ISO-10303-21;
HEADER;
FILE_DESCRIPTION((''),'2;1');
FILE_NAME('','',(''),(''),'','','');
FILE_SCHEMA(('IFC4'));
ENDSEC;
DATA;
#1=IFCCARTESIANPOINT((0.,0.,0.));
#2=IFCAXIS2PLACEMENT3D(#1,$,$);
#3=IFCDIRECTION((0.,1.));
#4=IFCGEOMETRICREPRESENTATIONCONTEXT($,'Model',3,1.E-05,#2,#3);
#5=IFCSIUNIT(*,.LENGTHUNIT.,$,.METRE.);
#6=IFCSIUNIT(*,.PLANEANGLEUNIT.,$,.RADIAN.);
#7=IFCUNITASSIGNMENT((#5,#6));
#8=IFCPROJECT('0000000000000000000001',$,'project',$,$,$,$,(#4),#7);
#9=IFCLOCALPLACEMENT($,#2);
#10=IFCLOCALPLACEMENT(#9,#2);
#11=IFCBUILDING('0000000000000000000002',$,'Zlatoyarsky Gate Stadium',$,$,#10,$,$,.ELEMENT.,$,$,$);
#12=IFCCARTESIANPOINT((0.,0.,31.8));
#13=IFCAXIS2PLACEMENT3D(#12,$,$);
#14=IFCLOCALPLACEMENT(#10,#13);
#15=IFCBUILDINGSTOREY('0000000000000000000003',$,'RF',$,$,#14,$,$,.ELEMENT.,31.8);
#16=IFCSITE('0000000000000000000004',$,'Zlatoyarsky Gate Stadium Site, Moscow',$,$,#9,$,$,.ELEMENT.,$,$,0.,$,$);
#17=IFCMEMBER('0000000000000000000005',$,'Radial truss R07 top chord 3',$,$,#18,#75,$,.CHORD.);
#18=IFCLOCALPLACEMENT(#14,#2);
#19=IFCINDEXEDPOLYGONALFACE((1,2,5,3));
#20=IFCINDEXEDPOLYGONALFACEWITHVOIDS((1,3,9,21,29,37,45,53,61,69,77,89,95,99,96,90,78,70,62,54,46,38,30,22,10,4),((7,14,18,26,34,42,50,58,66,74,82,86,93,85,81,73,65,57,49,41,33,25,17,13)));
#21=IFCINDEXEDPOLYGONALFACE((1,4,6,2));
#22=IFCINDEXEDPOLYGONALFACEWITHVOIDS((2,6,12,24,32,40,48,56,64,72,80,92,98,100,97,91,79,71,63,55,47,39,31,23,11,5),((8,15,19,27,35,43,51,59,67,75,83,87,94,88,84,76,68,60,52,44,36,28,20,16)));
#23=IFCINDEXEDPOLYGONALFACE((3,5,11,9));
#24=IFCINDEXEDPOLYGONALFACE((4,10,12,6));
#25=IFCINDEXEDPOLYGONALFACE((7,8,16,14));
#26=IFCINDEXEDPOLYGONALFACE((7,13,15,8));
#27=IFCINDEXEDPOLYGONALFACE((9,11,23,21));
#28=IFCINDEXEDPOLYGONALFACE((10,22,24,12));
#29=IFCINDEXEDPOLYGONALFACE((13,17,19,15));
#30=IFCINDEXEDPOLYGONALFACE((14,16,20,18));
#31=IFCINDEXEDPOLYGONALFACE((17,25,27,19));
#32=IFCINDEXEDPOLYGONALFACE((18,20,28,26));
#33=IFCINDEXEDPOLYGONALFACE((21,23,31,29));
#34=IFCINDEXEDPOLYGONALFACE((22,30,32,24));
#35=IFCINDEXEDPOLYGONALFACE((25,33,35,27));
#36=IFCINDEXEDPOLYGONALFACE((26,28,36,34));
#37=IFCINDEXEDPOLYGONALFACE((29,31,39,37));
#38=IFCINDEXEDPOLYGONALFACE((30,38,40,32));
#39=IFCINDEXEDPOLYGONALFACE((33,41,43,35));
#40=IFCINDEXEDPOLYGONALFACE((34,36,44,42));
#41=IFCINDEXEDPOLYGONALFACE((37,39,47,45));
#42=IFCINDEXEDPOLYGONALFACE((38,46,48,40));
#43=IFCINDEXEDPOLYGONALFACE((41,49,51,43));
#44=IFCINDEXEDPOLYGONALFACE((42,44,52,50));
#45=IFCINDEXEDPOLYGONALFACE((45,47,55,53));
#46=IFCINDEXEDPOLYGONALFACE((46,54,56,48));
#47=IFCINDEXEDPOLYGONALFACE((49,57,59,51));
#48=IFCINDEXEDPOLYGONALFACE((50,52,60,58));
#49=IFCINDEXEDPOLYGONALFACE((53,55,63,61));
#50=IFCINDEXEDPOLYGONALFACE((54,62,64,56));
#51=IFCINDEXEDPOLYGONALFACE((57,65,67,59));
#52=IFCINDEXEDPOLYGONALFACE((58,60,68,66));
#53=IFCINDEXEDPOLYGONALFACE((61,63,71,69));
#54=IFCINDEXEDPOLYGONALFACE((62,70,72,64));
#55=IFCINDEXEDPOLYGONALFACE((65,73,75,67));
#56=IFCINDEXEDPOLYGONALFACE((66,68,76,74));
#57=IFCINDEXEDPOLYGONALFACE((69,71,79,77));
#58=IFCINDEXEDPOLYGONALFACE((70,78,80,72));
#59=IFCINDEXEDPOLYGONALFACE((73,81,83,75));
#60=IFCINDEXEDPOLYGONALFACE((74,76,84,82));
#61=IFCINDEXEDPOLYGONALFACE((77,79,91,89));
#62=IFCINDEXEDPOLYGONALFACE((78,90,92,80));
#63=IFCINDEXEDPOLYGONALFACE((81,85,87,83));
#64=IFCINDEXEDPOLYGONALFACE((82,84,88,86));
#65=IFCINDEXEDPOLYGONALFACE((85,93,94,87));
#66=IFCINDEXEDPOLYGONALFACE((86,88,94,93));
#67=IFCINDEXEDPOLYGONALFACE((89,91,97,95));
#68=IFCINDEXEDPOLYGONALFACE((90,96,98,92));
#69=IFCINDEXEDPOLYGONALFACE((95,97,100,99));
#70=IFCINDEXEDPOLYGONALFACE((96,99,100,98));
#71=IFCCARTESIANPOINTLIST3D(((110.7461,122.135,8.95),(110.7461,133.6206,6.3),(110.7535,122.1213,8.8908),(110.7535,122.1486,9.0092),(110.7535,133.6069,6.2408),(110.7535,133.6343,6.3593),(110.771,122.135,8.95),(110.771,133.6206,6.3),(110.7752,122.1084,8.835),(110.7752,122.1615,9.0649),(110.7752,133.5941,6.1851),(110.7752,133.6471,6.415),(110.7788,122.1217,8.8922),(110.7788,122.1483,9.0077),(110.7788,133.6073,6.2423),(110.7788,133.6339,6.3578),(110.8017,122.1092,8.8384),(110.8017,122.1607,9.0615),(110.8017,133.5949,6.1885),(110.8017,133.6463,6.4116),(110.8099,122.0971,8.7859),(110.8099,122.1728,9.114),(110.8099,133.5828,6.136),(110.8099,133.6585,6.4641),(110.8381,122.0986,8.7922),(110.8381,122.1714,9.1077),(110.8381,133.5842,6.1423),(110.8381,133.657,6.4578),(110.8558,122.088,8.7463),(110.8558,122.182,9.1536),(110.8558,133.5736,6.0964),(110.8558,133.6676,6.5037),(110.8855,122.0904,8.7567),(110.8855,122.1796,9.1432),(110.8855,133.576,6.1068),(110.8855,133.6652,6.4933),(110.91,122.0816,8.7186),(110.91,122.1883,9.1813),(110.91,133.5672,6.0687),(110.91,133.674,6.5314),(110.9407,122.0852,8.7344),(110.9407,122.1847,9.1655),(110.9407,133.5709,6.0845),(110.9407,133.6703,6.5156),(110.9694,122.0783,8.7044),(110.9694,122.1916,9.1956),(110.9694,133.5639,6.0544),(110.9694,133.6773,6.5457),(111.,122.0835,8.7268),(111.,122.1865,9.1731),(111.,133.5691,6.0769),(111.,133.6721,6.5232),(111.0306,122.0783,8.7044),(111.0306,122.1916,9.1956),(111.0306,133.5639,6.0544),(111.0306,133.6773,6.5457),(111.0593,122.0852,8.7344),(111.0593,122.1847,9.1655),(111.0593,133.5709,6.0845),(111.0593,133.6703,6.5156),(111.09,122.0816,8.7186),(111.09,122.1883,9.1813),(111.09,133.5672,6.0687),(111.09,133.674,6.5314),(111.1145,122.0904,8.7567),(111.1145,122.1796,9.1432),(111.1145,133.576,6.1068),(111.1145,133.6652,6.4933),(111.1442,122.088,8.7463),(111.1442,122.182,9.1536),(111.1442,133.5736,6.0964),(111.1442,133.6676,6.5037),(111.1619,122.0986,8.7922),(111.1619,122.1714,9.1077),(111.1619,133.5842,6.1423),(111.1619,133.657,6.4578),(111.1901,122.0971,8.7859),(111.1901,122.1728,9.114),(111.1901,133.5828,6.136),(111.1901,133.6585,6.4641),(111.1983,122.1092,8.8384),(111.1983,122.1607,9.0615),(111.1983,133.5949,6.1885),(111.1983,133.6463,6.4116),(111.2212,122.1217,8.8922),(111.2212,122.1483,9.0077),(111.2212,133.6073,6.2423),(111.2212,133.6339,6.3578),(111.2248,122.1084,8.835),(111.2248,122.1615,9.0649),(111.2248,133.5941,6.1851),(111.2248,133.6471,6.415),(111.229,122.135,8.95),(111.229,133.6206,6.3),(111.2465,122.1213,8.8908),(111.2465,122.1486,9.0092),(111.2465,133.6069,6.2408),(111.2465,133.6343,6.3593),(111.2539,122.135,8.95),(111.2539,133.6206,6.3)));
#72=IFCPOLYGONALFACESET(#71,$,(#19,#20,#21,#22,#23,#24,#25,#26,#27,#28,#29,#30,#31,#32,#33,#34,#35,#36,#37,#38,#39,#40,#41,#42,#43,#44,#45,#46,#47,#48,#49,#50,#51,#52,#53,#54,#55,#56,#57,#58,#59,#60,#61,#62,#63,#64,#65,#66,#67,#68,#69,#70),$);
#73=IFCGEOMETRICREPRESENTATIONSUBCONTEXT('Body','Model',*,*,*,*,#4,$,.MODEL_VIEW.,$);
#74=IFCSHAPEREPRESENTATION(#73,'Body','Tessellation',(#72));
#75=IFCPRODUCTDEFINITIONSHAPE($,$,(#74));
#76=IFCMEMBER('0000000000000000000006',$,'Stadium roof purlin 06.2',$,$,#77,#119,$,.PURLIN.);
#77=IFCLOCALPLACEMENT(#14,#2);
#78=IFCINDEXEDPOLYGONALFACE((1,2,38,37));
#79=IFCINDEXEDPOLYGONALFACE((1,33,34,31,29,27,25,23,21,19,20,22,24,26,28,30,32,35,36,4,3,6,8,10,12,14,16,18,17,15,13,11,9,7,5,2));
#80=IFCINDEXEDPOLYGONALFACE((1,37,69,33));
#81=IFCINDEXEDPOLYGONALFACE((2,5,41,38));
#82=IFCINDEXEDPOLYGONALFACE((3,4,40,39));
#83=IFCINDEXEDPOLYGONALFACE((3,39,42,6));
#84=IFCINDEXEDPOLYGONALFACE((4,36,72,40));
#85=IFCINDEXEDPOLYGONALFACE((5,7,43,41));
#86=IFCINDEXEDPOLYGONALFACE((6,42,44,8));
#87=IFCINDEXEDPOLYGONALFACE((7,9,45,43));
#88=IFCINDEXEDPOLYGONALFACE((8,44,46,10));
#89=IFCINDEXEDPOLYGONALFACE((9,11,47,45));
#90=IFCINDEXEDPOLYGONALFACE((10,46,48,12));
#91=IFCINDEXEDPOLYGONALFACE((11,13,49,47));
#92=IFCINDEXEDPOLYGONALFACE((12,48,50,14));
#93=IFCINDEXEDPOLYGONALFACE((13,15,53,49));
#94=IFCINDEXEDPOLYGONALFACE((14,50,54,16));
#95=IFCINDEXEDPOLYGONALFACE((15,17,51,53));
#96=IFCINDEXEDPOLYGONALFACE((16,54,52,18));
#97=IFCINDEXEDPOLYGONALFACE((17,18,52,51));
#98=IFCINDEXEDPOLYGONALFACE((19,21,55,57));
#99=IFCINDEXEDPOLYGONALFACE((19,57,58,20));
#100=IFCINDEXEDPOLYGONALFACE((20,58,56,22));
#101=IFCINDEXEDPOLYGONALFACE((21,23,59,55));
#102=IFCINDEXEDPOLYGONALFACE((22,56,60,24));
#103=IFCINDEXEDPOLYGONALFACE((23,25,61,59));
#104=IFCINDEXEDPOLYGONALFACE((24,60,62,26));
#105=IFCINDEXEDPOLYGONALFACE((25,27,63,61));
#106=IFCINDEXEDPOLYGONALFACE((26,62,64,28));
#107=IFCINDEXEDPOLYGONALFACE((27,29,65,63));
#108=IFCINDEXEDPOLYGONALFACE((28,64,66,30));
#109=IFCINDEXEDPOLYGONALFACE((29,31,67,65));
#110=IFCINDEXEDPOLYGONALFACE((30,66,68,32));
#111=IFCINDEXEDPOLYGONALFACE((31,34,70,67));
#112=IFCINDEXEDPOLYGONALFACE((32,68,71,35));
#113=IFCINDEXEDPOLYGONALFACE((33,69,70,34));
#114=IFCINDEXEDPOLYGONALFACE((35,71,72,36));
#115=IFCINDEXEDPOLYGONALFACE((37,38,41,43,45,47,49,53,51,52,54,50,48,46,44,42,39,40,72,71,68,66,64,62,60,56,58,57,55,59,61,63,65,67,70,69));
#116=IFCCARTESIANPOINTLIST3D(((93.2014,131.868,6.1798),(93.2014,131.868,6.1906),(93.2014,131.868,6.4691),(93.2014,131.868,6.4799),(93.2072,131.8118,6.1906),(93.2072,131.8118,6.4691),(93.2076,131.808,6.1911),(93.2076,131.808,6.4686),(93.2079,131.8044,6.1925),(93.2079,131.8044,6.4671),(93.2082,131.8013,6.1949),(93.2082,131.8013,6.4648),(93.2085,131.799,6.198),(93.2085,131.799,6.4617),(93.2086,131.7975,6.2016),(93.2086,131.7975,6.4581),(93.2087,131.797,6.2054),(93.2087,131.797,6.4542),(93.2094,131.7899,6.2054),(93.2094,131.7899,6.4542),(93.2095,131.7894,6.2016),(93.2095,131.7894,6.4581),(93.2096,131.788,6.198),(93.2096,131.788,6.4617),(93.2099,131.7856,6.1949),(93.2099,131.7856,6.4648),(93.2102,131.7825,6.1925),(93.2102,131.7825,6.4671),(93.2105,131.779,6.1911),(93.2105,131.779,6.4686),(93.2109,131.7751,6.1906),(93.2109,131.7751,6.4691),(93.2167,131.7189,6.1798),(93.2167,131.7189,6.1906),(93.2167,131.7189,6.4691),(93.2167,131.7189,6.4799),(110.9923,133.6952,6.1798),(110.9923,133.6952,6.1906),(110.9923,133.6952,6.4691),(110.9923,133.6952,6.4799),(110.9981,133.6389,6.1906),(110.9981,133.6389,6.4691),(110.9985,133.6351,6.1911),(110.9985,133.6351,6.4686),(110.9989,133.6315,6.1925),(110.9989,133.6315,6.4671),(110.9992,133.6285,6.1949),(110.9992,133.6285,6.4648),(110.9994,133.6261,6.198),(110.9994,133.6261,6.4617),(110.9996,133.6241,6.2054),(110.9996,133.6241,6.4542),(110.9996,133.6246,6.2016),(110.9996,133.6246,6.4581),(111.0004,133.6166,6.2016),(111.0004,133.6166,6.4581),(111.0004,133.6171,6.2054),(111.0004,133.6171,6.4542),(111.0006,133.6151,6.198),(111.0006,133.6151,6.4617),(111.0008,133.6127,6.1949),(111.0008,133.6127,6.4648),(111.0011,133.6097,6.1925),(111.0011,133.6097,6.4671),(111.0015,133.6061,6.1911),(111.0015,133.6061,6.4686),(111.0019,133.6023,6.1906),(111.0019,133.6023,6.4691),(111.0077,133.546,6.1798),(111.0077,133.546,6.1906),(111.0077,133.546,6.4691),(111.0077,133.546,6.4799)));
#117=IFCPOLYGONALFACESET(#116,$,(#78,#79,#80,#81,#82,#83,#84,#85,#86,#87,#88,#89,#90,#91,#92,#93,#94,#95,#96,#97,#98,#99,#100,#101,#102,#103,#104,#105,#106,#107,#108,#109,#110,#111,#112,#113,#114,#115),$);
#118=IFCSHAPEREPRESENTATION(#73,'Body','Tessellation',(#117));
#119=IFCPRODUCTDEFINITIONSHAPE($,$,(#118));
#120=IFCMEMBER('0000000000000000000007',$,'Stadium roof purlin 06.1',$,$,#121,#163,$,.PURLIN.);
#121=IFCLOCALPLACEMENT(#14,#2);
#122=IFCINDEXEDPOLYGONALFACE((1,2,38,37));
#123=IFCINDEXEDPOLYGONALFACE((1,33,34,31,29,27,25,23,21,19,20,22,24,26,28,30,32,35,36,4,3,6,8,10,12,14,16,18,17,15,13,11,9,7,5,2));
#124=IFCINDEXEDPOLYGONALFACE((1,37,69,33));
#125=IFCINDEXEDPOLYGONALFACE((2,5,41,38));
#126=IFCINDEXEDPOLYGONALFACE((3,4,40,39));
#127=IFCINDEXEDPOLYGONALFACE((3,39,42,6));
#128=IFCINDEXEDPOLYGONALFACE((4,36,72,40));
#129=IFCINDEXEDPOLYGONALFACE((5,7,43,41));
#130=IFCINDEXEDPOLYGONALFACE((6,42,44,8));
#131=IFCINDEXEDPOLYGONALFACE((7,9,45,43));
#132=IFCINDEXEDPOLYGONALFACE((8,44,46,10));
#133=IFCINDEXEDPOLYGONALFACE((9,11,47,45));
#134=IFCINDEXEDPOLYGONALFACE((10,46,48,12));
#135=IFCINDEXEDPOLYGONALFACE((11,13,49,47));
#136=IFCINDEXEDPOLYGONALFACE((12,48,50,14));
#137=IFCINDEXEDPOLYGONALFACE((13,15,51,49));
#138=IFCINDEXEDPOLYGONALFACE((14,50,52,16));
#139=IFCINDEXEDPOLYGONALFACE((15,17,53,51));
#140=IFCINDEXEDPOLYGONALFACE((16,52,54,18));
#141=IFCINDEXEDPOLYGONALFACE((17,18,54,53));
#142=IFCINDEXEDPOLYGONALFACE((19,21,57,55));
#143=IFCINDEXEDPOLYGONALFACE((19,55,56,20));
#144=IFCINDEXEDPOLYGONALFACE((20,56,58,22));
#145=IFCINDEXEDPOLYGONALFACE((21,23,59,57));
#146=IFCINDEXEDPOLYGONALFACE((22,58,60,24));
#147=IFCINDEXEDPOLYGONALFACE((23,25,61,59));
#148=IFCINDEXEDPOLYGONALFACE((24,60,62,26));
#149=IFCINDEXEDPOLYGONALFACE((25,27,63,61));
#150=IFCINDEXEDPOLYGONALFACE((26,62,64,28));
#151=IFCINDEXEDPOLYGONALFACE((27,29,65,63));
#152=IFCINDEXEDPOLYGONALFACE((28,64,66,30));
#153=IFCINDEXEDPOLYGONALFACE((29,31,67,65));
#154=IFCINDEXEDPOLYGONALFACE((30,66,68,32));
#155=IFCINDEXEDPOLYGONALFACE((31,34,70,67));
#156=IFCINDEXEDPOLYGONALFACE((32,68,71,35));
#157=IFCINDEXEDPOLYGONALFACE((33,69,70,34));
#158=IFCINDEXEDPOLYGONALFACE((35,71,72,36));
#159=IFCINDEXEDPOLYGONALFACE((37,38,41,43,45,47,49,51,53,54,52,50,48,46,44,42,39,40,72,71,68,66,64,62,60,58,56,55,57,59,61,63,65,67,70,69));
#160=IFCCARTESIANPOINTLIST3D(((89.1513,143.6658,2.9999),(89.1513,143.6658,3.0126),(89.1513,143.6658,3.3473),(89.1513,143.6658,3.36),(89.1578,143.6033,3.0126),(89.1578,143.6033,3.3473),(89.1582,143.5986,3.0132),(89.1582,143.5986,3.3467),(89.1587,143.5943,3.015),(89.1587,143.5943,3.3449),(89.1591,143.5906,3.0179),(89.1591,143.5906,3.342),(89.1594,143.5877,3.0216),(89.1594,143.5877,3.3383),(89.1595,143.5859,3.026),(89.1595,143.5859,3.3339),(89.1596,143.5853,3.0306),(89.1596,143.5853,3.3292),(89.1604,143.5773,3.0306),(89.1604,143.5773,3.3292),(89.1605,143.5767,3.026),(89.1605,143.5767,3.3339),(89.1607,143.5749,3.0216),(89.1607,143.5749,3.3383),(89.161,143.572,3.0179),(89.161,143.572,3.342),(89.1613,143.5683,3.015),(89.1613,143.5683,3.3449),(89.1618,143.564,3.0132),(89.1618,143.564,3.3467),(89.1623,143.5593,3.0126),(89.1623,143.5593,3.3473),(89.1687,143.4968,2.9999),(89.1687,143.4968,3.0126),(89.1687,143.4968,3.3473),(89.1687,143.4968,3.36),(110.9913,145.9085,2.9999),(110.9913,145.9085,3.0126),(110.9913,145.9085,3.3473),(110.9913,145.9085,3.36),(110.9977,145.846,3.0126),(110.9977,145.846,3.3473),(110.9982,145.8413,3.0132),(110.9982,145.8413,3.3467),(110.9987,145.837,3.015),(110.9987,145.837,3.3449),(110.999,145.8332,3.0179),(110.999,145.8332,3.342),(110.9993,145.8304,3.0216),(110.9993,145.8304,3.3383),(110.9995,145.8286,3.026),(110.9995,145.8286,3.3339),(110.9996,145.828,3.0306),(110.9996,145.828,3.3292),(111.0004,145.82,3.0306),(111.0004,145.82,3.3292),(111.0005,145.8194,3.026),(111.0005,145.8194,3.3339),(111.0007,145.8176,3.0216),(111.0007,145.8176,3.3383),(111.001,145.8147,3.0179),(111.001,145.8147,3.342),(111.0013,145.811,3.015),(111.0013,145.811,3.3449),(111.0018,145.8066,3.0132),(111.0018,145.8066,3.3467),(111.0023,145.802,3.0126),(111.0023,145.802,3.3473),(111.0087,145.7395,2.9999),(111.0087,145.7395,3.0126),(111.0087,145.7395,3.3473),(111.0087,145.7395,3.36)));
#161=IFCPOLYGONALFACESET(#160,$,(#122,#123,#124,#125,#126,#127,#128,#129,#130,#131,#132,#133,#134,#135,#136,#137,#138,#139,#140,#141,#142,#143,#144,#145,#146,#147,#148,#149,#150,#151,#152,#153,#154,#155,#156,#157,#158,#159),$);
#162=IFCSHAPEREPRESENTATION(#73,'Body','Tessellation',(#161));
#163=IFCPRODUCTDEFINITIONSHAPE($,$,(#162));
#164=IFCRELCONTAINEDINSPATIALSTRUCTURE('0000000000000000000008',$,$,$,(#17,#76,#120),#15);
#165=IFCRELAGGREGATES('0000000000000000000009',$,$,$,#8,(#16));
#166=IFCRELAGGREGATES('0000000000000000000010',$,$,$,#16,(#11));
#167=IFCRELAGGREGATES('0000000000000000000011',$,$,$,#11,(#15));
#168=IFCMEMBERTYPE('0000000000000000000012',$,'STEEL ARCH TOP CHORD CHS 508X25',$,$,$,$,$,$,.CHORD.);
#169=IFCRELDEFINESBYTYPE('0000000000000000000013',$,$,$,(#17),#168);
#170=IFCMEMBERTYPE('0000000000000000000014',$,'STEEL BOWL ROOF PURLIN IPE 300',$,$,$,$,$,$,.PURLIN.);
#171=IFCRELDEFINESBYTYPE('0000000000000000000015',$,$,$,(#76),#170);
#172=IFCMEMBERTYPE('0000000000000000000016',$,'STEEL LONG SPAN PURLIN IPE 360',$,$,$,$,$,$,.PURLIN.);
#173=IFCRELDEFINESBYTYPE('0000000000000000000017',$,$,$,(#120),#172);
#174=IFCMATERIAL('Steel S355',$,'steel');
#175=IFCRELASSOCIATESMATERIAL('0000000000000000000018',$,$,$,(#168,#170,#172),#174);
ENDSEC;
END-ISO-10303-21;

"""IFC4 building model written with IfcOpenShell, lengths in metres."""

from ifc_helpers import new_model, si_unit, direction, frame, origin, origin_2d, place, context, subcontext, project, spatial, hollow_circle, i_section, extrude, material, material_profile, profile_set, type_object, element, save


model = new_model("IFC4")

# Units and contexts
model_context = context("Model", 3, precision=1e-05, world=origin(), true_north=direction((0.0, 1.0)))
body_context = subcontext(model_context, "Body", "Model", "MODEL_VIEW")
ifc_project = project(units=[si_unit("LENGTHUNIT", "METRE"), si_unit("PLANEANGLEUNIT", "RADIAN")], contexts=[model_context])

# Site, building, storey
site_placement = place(None, origin())
site = spatial("IfcSite", under=ifc_project, at=site_placement, Name="Zlatoyarsky Gate Stadium Site, Moscow", CompositionType="ELEMENT", RefElevation=0.0)
building_placement = place(site_placement, origin())
building = spatial("IfcBuilding", under=site, at=building_placement, Name="Zlatoyarsky Gate Stadium", CompositionType="ELEMENT")
storey_placement = place(building_placement, frame((0.0, 0.0, 31.8)))
storey = spatial("IfcBuildingStorey", under=building, at=storey_placement, Name="RF", CompositionType="ELEMENT", Elevation=31.8)

# Members
ifc_material_1 = material(Name="Steel S355", Category="steel")
ifc_material_profile_1 = material_profile(ifc_material_1, hollow_circle(Radius=0.2539, WallThickness=0.0249, at=origin_2d()), Name="CHS 508X25")
ifc_profile_set_1 = profile_set([ifc_material_profile_1], Name="Steel S355")
member_type_1 = type_object("IfcMemberType", Name="STEEL ARCH TOP CHORD CHS 508X25", PredefinedType="CHORD", material=ifc_profile_set_1)
member_1_placement = place(storey_placement, frame((111.0, 133.6206, 6.3), z_axis=(0.0, -0.974403, 0.22481), x_axis=(1.0, 0.0, 0.0)))
element("IfcMember", 1, at=member_1_placement, inside=storey, type_object=member_type_1, Name="Radial truss R07 top chord 3", PredefinedType="CHORD", context=body_context, shape_type="SweptSolid", body=[
    extrude(hollow_circle(Radius=0.2539, WallThickness=0.0249, at=origin_2d()), origin(), (0.0, 0.0, 1.0), 11.7874),
])
ifc_material_profile_2 = material_profile(ifc_material_1, i_section(OverallWidth=0.1499, OverallDepth=0.3, WebThickness=0.0071, FlangeThickness=0.0107, FilletRadius=0.0149, at=origin_2d()), Name="IPE 300")
ifc_profile_set_2 = profile_set([ifc_material_profile_2], Name="Steel S355")
member_type_2 = type_object("IfcMemberType", Name="STEEL BOWL ROOF PURLIN IPE 300", PredefinedType="PURLIN", material=ifc_profile_set_2)
member_2_placement = place(storey_placement, frame((111.0, 133.6206, 6.3298), z_axis=(-0.994768, -0.102163, 0.0), x_axis=(0.102163, -0.994768, 0.0)))
element("IfcMember", 2, at=member_2_placement, inside=storey, type_object=member_type_2, Name="Stadium roof purlin 06.2", PredefinedType="PURLIN", context=body_context, shape_type="SweptSolid", body=[
    extrude(i_section(OverallWidth=0.1499, OverallDepth=0.3, WebThickness=0.0071, FlangeThickness=0.0107, FilletRadius=0.0149, at=origin_2d()), origin(), (0.0, 0.0, 1.0), 17.8845),
])
ifc_material_profile_3 = material_profile(ifc_material_1, i_section(OverallWidth=0.1699, OverallDepth=0.3601, WebThickness=0.0081, FlangeThickness=0.0127, FilletRadius=0.0181, at=origin_2d()), Name="IPE 360")
ifc_profile_set_3 = profile_set([ifc_material_profile_3], Name="Steel S355")
member_type_3 = type_object("IfcMemberType", Name="STEEL LONG SPAN PURLIN IPE 360", PredefinedType="PURLIN", material=ifc_profile_set_3)
member_3_placement = place(storey_placement, frame((111.0, 145.824, 3.1799), z_axis=(-0.994769, -0.102149, 0.0), x_axis=(0.102149, -0.994769, 0.0)))
element("IfcMember", 3, at=member_3_placement, inside=storey, type_object=member_type_3, Name="Stadium roof purlin 06.1", PredefinedType="PURLIN", context=body_context, shape_type="SweptSolid", body=[
    extrude(i_section(OverallWidth=0.1699, OverallDepth=0.3601, WebThickness=0.0081, FlangeThickness=0.0127, FilletRadius=0.0181, at=origin_2d()), origin(), (0.0, 0.0, 1.0), 21.9548),
])

save(model, "model.ifc")
